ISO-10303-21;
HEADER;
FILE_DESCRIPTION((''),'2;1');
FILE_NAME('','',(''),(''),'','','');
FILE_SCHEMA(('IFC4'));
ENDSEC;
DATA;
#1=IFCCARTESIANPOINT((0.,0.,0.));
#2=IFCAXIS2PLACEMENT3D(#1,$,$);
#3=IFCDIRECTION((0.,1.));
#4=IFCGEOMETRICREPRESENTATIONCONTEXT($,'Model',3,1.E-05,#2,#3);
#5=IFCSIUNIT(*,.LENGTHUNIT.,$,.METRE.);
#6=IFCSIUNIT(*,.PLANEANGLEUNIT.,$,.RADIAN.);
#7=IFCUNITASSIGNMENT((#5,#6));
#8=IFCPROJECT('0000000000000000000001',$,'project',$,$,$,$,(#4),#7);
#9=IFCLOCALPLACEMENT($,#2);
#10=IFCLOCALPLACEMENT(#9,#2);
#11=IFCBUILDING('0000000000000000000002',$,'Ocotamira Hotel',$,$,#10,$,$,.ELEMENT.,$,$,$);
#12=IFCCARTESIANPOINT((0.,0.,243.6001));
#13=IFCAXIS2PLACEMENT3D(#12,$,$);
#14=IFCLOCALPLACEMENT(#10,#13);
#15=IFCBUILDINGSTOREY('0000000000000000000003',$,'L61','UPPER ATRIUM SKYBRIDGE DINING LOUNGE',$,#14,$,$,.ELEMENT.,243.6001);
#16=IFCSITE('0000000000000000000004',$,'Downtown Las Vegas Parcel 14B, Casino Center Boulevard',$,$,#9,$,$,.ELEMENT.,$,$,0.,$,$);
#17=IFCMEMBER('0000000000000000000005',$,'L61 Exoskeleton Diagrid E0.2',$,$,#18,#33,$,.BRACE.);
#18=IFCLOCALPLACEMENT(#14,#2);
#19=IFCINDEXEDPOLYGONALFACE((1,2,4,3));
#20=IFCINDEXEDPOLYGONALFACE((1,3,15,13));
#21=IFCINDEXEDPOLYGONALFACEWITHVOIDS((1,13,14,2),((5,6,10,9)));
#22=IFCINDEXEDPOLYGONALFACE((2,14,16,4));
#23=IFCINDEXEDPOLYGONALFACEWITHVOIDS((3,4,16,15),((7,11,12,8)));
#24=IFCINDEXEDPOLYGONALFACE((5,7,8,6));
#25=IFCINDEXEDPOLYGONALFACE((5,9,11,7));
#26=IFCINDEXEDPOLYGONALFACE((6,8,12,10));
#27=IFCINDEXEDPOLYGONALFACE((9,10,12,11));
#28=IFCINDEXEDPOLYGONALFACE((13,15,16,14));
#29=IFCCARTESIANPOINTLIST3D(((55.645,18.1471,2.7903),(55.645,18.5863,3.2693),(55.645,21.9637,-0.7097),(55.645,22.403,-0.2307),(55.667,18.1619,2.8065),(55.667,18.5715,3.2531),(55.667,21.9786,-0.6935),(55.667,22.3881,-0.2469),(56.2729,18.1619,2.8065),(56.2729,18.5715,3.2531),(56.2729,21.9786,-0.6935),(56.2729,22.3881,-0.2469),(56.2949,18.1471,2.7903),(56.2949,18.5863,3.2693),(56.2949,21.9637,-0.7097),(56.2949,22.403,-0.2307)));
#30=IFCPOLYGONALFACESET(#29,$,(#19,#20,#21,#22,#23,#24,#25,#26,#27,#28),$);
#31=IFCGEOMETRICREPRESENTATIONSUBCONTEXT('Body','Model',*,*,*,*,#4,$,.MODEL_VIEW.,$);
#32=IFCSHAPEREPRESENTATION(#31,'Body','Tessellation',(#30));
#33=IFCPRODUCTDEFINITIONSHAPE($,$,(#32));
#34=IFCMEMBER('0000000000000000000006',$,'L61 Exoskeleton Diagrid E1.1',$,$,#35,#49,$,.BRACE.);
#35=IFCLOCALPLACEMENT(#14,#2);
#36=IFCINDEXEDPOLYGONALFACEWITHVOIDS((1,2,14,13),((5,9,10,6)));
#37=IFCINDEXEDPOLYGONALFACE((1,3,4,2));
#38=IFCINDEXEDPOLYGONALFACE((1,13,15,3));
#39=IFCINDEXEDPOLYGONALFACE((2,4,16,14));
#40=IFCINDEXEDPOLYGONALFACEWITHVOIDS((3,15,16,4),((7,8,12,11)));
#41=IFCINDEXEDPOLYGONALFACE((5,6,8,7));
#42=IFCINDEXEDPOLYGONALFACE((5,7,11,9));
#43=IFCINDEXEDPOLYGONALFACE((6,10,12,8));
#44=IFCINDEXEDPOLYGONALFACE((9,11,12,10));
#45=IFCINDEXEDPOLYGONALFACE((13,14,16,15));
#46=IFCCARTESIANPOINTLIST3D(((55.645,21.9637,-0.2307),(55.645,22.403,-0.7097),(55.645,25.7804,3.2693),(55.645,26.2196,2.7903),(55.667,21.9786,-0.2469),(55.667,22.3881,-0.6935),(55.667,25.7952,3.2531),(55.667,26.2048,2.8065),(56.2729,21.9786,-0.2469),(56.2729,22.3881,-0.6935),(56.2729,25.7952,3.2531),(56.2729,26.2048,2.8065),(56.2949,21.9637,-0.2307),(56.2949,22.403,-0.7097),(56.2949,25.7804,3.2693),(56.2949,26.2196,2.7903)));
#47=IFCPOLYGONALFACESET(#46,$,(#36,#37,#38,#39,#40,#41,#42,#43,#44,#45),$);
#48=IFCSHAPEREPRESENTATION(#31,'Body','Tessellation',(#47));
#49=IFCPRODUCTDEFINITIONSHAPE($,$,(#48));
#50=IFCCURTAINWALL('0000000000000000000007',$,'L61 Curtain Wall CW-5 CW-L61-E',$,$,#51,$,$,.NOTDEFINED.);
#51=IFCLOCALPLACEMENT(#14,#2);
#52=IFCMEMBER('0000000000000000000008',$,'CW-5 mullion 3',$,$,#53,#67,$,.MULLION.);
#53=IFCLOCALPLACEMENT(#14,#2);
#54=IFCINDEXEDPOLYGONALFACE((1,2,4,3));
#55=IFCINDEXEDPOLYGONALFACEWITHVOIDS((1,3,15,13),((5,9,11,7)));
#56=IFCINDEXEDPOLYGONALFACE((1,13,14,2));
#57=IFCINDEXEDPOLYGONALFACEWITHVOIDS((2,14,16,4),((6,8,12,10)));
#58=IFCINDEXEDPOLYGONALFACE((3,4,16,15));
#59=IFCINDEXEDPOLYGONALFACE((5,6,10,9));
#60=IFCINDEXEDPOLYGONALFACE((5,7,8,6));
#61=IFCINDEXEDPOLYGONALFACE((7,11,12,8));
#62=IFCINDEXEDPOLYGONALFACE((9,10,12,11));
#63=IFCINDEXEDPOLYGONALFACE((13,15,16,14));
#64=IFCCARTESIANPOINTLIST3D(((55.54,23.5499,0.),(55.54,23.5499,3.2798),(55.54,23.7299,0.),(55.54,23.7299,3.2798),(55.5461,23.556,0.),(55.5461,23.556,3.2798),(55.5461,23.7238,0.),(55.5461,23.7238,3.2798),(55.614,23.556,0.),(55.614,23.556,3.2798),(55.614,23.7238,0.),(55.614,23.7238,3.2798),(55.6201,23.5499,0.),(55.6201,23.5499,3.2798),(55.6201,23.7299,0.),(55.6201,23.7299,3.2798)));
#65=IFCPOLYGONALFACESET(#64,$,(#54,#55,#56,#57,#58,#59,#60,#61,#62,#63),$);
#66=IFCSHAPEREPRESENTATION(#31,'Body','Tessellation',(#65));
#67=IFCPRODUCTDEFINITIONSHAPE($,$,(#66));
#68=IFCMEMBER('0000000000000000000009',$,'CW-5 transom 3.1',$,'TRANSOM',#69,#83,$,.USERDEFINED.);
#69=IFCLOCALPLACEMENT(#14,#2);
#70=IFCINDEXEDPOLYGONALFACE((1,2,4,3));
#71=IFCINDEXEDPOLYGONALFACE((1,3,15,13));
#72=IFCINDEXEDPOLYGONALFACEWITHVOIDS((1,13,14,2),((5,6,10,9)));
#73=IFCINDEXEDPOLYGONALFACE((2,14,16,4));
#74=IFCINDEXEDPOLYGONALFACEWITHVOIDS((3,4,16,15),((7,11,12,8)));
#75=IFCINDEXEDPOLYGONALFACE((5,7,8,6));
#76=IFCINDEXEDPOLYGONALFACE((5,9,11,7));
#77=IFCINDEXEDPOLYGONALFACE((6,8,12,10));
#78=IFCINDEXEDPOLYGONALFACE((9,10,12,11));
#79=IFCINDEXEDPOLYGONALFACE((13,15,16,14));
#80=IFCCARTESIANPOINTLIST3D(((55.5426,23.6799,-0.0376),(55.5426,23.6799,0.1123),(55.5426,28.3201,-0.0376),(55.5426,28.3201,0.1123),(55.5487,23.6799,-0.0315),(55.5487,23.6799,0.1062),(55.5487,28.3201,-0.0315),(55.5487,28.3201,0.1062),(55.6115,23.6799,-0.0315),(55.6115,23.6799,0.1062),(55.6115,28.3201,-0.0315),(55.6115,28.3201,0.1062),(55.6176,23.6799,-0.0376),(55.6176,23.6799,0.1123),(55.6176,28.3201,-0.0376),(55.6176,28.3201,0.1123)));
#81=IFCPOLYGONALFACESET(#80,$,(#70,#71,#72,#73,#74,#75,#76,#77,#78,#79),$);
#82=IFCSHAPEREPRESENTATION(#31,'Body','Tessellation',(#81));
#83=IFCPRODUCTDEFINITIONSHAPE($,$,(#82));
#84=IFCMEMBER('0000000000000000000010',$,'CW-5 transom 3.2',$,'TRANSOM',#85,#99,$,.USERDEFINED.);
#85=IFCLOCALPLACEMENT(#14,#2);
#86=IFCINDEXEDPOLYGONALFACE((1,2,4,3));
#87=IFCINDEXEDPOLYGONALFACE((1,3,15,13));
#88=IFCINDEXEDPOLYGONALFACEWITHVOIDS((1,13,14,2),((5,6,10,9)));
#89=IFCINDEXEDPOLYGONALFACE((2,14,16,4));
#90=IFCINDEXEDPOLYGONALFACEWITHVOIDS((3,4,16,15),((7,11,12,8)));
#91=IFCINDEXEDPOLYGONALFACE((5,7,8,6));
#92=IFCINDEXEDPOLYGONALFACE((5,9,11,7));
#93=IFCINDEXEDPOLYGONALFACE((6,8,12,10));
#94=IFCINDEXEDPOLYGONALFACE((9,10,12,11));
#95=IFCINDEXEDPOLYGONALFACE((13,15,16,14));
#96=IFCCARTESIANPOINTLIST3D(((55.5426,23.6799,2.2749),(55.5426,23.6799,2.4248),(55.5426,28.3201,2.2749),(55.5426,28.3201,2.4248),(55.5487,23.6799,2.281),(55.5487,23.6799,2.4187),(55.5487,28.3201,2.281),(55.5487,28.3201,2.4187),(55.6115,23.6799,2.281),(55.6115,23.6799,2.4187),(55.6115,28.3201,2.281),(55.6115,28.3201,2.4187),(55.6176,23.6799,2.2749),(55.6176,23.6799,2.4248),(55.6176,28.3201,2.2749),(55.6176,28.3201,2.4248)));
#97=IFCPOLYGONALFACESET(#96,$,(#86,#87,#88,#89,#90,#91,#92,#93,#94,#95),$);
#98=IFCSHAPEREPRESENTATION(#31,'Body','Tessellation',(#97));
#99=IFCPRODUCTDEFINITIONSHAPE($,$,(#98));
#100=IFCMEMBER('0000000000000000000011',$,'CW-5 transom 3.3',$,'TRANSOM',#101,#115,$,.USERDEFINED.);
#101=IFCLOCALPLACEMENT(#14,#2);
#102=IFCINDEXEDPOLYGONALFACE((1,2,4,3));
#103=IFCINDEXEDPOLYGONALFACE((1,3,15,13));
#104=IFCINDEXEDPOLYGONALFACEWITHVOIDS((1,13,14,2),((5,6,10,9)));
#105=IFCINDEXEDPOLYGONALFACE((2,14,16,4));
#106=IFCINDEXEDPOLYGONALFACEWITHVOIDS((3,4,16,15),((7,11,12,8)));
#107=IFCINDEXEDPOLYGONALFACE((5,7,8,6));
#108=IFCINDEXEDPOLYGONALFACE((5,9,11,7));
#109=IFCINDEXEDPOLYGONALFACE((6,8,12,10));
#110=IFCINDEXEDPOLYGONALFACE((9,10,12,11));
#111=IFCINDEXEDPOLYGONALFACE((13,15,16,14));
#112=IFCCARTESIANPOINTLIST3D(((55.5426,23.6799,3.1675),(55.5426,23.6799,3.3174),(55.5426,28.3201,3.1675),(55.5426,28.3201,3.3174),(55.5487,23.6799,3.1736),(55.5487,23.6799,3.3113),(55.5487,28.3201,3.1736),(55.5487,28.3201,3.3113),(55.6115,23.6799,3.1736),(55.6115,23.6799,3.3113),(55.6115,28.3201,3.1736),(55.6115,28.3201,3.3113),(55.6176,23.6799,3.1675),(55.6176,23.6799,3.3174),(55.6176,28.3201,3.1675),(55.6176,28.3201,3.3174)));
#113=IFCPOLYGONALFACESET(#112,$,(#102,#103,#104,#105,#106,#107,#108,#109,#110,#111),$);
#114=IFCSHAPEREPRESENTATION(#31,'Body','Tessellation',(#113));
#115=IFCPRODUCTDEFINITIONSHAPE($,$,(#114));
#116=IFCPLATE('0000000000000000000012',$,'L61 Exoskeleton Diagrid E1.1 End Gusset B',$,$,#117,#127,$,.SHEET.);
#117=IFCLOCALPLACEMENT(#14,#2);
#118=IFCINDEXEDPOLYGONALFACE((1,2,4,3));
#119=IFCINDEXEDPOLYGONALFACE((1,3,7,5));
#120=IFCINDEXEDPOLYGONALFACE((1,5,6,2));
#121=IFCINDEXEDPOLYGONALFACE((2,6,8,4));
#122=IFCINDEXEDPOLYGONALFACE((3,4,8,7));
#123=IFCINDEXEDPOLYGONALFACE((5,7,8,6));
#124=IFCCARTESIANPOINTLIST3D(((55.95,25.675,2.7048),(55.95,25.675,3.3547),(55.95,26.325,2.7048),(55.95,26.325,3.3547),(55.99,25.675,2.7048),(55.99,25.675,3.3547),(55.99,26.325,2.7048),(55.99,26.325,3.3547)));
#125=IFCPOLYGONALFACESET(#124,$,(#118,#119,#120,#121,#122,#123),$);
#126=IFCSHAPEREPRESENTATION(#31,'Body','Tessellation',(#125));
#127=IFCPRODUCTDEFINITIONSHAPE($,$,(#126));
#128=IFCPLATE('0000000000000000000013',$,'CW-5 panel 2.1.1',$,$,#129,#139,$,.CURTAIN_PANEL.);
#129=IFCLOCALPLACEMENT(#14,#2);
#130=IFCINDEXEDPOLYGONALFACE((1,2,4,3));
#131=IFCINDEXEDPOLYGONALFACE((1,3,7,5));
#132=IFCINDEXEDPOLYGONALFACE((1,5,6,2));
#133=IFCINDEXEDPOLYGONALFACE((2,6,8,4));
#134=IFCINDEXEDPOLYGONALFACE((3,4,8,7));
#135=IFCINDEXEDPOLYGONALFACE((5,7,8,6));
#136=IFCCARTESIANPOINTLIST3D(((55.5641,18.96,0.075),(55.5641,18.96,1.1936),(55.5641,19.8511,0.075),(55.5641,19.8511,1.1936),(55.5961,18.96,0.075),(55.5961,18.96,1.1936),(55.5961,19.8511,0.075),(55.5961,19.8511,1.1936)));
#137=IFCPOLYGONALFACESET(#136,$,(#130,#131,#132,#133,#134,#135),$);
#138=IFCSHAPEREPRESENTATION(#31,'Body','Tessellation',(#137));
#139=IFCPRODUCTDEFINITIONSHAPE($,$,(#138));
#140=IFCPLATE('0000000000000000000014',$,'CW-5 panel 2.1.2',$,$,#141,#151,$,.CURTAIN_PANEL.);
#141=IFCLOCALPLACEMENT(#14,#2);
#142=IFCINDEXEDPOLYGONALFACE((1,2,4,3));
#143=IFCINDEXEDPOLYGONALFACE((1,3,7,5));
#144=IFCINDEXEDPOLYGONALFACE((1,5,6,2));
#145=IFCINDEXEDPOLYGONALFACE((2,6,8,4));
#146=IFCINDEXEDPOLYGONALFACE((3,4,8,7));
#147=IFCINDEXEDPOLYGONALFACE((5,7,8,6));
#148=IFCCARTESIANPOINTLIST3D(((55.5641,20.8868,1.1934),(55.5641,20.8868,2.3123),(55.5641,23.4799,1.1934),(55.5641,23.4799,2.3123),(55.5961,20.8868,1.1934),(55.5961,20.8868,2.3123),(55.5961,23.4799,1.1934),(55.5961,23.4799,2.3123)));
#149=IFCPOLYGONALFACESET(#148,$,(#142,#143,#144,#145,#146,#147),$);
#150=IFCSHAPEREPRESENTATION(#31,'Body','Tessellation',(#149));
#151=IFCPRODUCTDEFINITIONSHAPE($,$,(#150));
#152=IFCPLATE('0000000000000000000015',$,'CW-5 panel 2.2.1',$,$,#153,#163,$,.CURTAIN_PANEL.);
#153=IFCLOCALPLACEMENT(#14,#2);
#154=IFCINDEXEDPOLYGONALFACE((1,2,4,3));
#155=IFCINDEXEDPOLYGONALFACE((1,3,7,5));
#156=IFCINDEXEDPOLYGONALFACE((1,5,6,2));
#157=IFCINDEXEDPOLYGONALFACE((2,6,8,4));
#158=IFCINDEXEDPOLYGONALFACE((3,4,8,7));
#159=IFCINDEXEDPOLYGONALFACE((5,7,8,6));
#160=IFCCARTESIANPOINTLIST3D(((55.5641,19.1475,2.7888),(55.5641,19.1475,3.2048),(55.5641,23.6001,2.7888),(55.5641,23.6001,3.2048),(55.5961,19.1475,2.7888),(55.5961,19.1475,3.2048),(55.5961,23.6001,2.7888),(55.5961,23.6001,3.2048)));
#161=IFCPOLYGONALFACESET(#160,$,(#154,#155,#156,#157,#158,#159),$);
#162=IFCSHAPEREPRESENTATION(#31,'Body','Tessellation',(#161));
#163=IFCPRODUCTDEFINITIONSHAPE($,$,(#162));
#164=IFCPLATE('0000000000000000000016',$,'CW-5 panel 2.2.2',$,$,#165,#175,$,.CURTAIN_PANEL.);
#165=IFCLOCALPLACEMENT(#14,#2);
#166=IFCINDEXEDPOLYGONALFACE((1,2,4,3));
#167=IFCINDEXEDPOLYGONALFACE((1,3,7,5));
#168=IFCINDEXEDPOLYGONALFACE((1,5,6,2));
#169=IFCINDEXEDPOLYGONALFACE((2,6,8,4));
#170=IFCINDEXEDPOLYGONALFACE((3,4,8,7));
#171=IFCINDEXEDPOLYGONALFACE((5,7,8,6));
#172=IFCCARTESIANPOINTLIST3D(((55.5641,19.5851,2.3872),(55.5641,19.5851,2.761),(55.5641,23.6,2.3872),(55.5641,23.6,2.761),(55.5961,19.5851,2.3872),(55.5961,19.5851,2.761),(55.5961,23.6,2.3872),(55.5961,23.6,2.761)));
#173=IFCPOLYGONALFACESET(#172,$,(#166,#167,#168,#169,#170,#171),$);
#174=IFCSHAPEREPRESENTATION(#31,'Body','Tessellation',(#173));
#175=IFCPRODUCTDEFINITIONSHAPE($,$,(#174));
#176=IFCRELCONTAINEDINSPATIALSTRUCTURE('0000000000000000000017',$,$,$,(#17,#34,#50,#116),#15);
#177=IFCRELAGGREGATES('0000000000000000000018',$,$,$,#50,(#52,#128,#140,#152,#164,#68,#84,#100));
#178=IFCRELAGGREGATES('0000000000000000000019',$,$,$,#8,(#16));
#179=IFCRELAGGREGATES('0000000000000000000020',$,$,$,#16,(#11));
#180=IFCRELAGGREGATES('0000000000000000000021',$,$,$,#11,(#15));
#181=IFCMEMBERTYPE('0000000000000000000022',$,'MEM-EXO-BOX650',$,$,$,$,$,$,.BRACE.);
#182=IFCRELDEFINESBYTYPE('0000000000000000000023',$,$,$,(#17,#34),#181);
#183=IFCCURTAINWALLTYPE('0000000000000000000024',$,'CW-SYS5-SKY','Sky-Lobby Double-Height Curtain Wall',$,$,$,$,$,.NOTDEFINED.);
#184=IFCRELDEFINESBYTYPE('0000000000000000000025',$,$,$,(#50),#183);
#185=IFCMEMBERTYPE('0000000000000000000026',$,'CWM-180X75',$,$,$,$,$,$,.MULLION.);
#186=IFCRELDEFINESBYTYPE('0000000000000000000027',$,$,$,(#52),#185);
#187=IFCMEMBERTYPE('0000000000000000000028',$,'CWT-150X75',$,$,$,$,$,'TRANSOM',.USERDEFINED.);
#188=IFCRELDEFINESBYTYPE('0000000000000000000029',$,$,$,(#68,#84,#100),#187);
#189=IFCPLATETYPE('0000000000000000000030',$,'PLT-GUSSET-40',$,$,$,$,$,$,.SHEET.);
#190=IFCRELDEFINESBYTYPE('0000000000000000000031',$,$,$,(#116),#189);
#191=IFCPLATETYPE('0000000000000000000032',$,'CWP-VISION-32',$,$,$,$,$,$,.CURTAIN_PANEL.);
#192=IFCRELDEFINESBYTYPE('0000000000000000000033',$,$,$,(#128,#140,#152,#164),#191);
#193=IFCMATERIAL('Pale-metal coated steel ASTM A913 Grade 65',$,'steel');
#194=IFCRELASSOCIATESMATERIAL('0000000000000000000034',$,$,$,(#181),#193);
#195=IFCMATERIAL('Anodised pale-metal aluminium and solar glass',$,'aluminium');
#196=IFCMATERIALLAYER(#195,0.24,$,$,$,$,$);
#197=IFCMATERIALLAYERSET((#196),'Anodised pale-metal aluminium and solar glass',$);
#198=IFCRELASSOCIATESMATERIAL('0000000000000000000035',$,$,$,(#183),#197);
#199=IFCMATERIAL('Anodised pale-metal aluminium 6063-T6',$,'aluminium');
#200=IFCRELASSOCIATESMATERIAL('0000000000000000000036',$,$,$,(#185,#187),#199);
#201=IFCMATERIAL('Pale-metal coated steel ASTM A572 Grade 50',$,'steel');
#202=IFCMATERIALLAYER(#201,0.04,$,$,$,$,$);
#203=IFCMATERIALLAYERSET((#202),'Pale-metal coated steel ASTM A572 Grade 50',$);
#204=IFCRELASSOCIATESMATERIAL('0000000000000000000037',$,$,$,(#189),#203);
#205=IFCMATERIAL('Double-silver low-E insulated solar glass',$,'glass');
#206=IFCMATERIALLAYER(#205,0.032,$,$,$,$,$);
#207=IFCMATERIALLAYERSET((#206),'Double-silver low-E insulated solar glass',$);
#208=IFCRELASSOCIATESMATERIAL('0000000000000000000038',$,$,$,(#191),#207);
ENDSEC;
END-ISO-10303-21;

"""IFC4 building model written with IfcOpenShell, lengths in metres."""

from ifc_helpers import new_model, si_unit, direction, frame, origin, origin_2d, place, context, subcontext, project, spatial, rectangle, hollow_rectangle, extrude, source, transform, mapped, material, layer, layer_set, material_profile, profile_set, type_object, element, aggregate, save


model = new_model("IFC4")

# Units and contexts
model_context = context("Model", 3, precision=1e-05, world=origin(), true_north=direction((0.0, 1.0)))
body_context = subcontext(model_context, "Body", "Model", "MODEL_VIEW")
ifc_project = project(units=[si_unit("LENGTHUNIT", "METRE"), si_unit("PLANEANGLEUNIT", "RADIAN")], contexts=[model_context])

# Site, building, storey
site_placement = place(None, origin())
site = spatial("IfcSite", under=ifc_project, at=site_placement, Name="Downtown Las Vegas Parcel 14B, Casino Center Boulevard", CompositionType="ELEMENT", RefElevation=0.0)
building_placement = place(site_placement, origin())
building = spatial("IfcBuilding", under=site, at=building_placement, Name="Ocotamira Hotel", CompositionType="ELEMENT")
storey_placement = place(building_placement, frame((0.0, 0.0, 243.6001)))
storey = spatial("IfcBuildingStorey", under=building, at=storey_placement, Name="L61", Description="UPPER ATRIUM SKYBRIDGE DINING LOUNGE", CompositionType="ELEMENT", Elevation=243.6001)

# Members
ifc_material_1 = material(Name="Pale-metal coated steel ASTM A913 Grade 65", Category="steel")
ifc_material_profile_1 = material_profile(ifc_material_1, hollow_rectangle(XDim=0.6499, YDim=0.6499, WallThickness=0.022, at=origin_2d()), Name="BOX650X650X22")
ifc_profile_set_1 = profile_set([ifc_material_profile_1], Name="Pale-metal coated steel ASTM A913 Grade 65")
member_type_1 = type_object("IfcMemberType", Name="MEM-EXO-BOX650", PredefinedType="BRACE", material=ifc_profile_set_1)
shared_shape_1 = source(origin(), body_context, "Body", "SweptSolid", [
    extrude(hollow_rectangle(XDim=0.6499, YDim=0.6499, WallThickness=0.022, at=origin_2d()), origin(), (0.0, 0.0, 1.0), 5.1785),
])
for number, where, z_axis, x_axis, name in (
    (1, (55.97, 22.1833, -0.4702), (0.0, -0.737019, 0.675872), (1.0, 0.0, 0.0), "L61 Exoskeleton Diagrid E0.2"),
    (2, (55.97, 22.1833, -0.4702), (0.0, 0.737019, 0.675872), (-1.0, 0.0, 0.0), "L61 Exoskeleton Diagrid E1.1"),
):
    element("IfcMember", number, at=place(storey_placement, frame(where, z_axis=z_axis, x_axis=x_axis)), inside=storey, type_object=member_type_1, Name=name, PredefinedType="BRACE", context=body_context, shape_type="MappedRepresentation", body=[
        mapped(shared_shape_1, transform((0.0, 0.0, 0.0), scale=1.0)),
    ])

# Curtain wall, members
ifc_material_2 = material(Name="Anodised pale-metal aluminium and solar glass", Category="aluminium")
ifc_layer_1 = layer(ifc_material_2, 0.24)
ifc_layer_set_1 = layer_set([ifc_layer_1], Name="Anodised pale-metal aluminium and solar glass")
curtain_wall_type = type_object("IfcCurtainWallType", Name="CW-SYS5-SKY", Description="Sky-Lobby Double-Height Curtain Wall", PredefinedType="NOTDEFINED", material=ifc_layer_set_1)
curtain_wall_placement = place(storey_placement, origin())
curtain_wall = element("IfcCurtainWall", 3, at=curtain_wall_placement, inside=storey, type_object=curtain_wall_type, Name="L61 Curtain Wall CW-5 CW-L61-E", PredefinedType="NOTDEFINED")
ifc_material_3 = material(Name="Anodised pale-metal aluminium 6063-T6", Category="aluminium")
ifc_material_profile_2 = material_profile(ifc_material_3, hollow_rectangle(XDim=0.0801, YDim=0.1799, WallThickness=0.0061, at=origin_2d()), Name="HSS180X80X6")
ifc_profile_set_2 = profile_set([ifc_material_profile_2], Name="Anodised pale-metal aluminium 6063-T6")
member_type_2 = type_object("IfcMemberType", Name="CWM-180X75", PredefinedType="MULLION", material=ifc_profile_set_2)
shared_shape_2 = source(origin(), body_context, "Body", "SweptSolid", [
    extrude(hollow_rectangle(XDim=0.0801, YDim=0.1799, WallThickness=0.0061, at=origin_2d()), origin(), (0.0, 0.0, 1.0), 3.2798),
])
member_1_placement = place(storey_placement, frame((55.5801, 23.6399, 0.0), z_axis=(0.0, 0.0, 1.0), x_axis=(-1.0, 0.0, 0.0)))
member_1 = element("IfcMember", 4, at=member_1_placement, type_object=member_type_2, Name="CW-5 mullion 3", PredefinedType="MULLION", context=body_context, shape_type="MappedRepresentation", body=[
    mapped(shared_shape_2, transform((0.0, 0.0, 0.0), scale=1.0)),
])
ifc_material_profile_3 = material_profile(ifc_material_3, hollow_rectangle(XDim=0.075, YDim=0.1499, WallThickness=0.0061, at=origin_2d()), Name="HSS150X75X6")
ifc_profile_set_3 = profile_set([ifc_material_profile_3], Name="Anodised pale-metal aluminium 6063-T6")
member_type_3 = type_object("IfcMemberType", Name="CWT-150X75", ElementType="TRANSOM", PredefinedType="USERDEFINED", material=ifc_profile_set_3)
shared_shape_3 = source(origin(), body_context, "Body", "SweptSolid", [
    extrude(hollow_rectangle(XDim=0.075, YDim=0.1499, WallThickness=0.0061, at=origin_2d()), origin(), (0.0, 0.0, 1.0), 4.6401),
])
member_2_placement = place(storey_placement, frame((55.5801, 23.6799, 0.0374), z_axis=(0.0, 1.0, 0.0), x_axis=(-1.0, 0.0, 0.0)))
member_2 = element("IfcMember", 5, at=member_2_placement, type_object=member_type_3, Name="CW-5 transom 3.1", ObjectType="TRANSOM", PredefinedType="USERDEFINED", context=body_context, shape_type="MappedRepresentation", body=[
    mapped(shared_shape_3, transform((0.0, 0.0, 0.0), scale=1.0)),
])
member_3_placement = place(storey_placement, frame((55.5801, 23.6799, 2.3499), z_axis=(0.0, 1.0, 0.0), x_axis=(-1.0, 0.0, 0.0)))
member_3 = element("IfcMember", 6, at=member_3_placement, type_object=member_type_3, Name="CW-5 transom 3.2", ObjectType="TRANSOM", PredefinedType="USERDEFINED", context=body_context, shape_type="MappedRepresentation", body=[
    mapped(shared_shape_3, transform((0.0, 0.0, 0.0), scale=1.0)),
])
member_4_placement = place(storey_placement, frame((55.5801, 23.6799, 3.2424), z_axis=(0.0, 1.0, 0.0), x_axis=(-1.0, 0.0, 0.0)))
member_4 = element("IfcMember", 7, at=member_4_placement, type_object=member_type_3, Name="CW-5 transom 3.3", ObjectType="TRANSOM", PredefinedType="USERDEFINED", context=body_context, shape_type="MappedRepresentation", body=[
    mapped(shared_shape_3, transform((0.0, 0.0, 0.0), scale=1.0)),
])

# Plates
ifc_material_4 = material(Name="Pale-metal coated steel ASTM A572 Grade 50", Category="steel")
ifc_layer_2 = layer(ifc_material_4, 0.04)
ifc_layer_set_2 = layer_set([ifc_layer_2], Name="Pale-metal coated steel ASTM A572 Grade 50")
plate_type_1 = type_object("IfcPlateType", Name="PLT-GUSSET-40", PredefinedType="SHEET", material=ifc_layer_set_2)
shared_shape_4 = source(origin(), body_context, "Body", "SweptSolid", [
    extrude(rectangle(XDim=0.04, YDim=0.6499, at=origin_2d()), origin(), (0.0, 0.0, 1.0), 0.6499),
])
plate_1_placement = place(storey_placement, frame((55.97, 26.0, 2.7048), z_axis=(0.0, 0.0, 1.0), x_axis=(1.0, 0.0, 0.0)))
element("IfcPlate", 8, at=plate_1_placement, inside=storey, type_object=plate_type_1, Name="L61 Exoskeleton Diagrid E1.1 End Gusset B", PredefinedType="SHEET", context=body_context, shape_type="MappedRepresentation", body=[
    mapped(shared_shape_4, transform((0.0, 0.0, 0.0), scale=1.0)),
])
ifc_material_5 = material(Name="Double-silver low-E insulated solar glass", Category="glass")
ifc_layer_3 = layer(ifc_material_5, 0.032)
ifc_layer_set_3 = layer_set([ifc_layer_3], Name="Double-silver low-E insulated solar glass")
plate_type_2 = type_object("IfcPlateType", Name="CWP-VISION-32", PredefinedType="CURTAIN_PANEL", material=ifc_layer_set_3)
shared_shape_5 = source(origin(), body_context, "Body", "SweptSolid", [
    extrude(rectangle(XDim=0.8911, YDim=0.032, at=origin_2d()), origin(), (0.0, 0.0, 1.0), 1.1187),
])
plate_2_placement = place(storey_placement, frame((55.5801, 19.4055, 0.075), z_axis=(0.0, 0.0, 1.0), x_axis=(0.0, 1.0, 0.0)))
plate_2 = element("IfcPlate", 9, at=plate_2_placement, type_object=plate_type_2, Name="CW-5 panel 2.1.1", PredefinedType="CURTAIN_PANEL", context=body_context, shape_type="MappedRepresentation", body=[
    mapped(shared_shape_5, transform((0.0, 0.0, 0.0), scale=1.0)),
])
shared_shape_6 = source(origin(), body_context, "Body", "SweptSolid", [
    extrude(rectangle(XDim=2.593, YDim=0.032, at=origin_2d()), origin(), (0.0, 0.0, 1.0), 1.1189),
])
plate_3_placement = place(storey_placement, frame((55.5801, 22.1833, 1.1934), z_axis=(0.0, 0.0, 1.0), x_axis=(0.0, 1.0, 0.0)))
plate_3 = element("IfcPlate", 10, at=plate_3_placement, type_object=plate_type_2, Name="CW-5 panel 2.1.2", PredefinedType="CURTAIN_PANEL", context=body_context, shape_type="MappedRepresentation", body=[
    mapped(shared_shape_6, transform((0.0, 0.0, 0.0), scale=1.0)),
])
shared_shape_7 = source(origin(), body_context, "Body", "SweptSolid", [
    extrude(rectangle(XDim=4.4526, YDim=0.032, at=origin_2d()), origin(), (0.0, 0.0, 1.0), 0.416),
])
plate_4_placement = place(storey_placement, frame((55.5801, 21.3738, 2.7888), z_axis=(0.0, 0.0, 1.0), x_axis=(0.0, 1.0, 0.0)))
plate_4 = element("IfcPlate", 11, at=plate_4_placement, type_object=plate_type_2, Name="CW-5 panel 2.2.1", PredefinedType="CURTAIN_PANEL", context=body_context, shape_type="MappedRepresentation", body=[
    mapped(shared_shape_7, transform((0.0, 0.0, 0.0), scale=1.0)),
])
shared_shape_8 = source(origin(), body_context, "Body", "SweptSolid", [
    extrude(rectangle(XDim=4.0149, YDim=0.032, at=origin_2d()), origin(), (0.0, 0.0, 1.0), 0.3738),
])
plate_5_placement = place(storey_placement, frame((55.5801, 21.5925, 2.3872), z_axis=(0.0, 0.0, 1.0), x_axis=(0.0, 1.0, 0.0)))
plate_5 = element("IfcPlate", 12, at=plate_5_placement, type_object=plate_type_2, Name="CW-5 panel 2.2.2", PredefinedType="CURTAIN_PANEL", context=body_context, shape_type="MappedRepresentation", body=[
    mapped(shared_shape_8, transform((0.0, 0.0, 0.0), scale=1.0)),
])
aggregate(curtain_wall, [member_1, plate_2, plate_3, plate_4, plate_5, member_2, member_3, member_4])

save(model, "model.ifc")
